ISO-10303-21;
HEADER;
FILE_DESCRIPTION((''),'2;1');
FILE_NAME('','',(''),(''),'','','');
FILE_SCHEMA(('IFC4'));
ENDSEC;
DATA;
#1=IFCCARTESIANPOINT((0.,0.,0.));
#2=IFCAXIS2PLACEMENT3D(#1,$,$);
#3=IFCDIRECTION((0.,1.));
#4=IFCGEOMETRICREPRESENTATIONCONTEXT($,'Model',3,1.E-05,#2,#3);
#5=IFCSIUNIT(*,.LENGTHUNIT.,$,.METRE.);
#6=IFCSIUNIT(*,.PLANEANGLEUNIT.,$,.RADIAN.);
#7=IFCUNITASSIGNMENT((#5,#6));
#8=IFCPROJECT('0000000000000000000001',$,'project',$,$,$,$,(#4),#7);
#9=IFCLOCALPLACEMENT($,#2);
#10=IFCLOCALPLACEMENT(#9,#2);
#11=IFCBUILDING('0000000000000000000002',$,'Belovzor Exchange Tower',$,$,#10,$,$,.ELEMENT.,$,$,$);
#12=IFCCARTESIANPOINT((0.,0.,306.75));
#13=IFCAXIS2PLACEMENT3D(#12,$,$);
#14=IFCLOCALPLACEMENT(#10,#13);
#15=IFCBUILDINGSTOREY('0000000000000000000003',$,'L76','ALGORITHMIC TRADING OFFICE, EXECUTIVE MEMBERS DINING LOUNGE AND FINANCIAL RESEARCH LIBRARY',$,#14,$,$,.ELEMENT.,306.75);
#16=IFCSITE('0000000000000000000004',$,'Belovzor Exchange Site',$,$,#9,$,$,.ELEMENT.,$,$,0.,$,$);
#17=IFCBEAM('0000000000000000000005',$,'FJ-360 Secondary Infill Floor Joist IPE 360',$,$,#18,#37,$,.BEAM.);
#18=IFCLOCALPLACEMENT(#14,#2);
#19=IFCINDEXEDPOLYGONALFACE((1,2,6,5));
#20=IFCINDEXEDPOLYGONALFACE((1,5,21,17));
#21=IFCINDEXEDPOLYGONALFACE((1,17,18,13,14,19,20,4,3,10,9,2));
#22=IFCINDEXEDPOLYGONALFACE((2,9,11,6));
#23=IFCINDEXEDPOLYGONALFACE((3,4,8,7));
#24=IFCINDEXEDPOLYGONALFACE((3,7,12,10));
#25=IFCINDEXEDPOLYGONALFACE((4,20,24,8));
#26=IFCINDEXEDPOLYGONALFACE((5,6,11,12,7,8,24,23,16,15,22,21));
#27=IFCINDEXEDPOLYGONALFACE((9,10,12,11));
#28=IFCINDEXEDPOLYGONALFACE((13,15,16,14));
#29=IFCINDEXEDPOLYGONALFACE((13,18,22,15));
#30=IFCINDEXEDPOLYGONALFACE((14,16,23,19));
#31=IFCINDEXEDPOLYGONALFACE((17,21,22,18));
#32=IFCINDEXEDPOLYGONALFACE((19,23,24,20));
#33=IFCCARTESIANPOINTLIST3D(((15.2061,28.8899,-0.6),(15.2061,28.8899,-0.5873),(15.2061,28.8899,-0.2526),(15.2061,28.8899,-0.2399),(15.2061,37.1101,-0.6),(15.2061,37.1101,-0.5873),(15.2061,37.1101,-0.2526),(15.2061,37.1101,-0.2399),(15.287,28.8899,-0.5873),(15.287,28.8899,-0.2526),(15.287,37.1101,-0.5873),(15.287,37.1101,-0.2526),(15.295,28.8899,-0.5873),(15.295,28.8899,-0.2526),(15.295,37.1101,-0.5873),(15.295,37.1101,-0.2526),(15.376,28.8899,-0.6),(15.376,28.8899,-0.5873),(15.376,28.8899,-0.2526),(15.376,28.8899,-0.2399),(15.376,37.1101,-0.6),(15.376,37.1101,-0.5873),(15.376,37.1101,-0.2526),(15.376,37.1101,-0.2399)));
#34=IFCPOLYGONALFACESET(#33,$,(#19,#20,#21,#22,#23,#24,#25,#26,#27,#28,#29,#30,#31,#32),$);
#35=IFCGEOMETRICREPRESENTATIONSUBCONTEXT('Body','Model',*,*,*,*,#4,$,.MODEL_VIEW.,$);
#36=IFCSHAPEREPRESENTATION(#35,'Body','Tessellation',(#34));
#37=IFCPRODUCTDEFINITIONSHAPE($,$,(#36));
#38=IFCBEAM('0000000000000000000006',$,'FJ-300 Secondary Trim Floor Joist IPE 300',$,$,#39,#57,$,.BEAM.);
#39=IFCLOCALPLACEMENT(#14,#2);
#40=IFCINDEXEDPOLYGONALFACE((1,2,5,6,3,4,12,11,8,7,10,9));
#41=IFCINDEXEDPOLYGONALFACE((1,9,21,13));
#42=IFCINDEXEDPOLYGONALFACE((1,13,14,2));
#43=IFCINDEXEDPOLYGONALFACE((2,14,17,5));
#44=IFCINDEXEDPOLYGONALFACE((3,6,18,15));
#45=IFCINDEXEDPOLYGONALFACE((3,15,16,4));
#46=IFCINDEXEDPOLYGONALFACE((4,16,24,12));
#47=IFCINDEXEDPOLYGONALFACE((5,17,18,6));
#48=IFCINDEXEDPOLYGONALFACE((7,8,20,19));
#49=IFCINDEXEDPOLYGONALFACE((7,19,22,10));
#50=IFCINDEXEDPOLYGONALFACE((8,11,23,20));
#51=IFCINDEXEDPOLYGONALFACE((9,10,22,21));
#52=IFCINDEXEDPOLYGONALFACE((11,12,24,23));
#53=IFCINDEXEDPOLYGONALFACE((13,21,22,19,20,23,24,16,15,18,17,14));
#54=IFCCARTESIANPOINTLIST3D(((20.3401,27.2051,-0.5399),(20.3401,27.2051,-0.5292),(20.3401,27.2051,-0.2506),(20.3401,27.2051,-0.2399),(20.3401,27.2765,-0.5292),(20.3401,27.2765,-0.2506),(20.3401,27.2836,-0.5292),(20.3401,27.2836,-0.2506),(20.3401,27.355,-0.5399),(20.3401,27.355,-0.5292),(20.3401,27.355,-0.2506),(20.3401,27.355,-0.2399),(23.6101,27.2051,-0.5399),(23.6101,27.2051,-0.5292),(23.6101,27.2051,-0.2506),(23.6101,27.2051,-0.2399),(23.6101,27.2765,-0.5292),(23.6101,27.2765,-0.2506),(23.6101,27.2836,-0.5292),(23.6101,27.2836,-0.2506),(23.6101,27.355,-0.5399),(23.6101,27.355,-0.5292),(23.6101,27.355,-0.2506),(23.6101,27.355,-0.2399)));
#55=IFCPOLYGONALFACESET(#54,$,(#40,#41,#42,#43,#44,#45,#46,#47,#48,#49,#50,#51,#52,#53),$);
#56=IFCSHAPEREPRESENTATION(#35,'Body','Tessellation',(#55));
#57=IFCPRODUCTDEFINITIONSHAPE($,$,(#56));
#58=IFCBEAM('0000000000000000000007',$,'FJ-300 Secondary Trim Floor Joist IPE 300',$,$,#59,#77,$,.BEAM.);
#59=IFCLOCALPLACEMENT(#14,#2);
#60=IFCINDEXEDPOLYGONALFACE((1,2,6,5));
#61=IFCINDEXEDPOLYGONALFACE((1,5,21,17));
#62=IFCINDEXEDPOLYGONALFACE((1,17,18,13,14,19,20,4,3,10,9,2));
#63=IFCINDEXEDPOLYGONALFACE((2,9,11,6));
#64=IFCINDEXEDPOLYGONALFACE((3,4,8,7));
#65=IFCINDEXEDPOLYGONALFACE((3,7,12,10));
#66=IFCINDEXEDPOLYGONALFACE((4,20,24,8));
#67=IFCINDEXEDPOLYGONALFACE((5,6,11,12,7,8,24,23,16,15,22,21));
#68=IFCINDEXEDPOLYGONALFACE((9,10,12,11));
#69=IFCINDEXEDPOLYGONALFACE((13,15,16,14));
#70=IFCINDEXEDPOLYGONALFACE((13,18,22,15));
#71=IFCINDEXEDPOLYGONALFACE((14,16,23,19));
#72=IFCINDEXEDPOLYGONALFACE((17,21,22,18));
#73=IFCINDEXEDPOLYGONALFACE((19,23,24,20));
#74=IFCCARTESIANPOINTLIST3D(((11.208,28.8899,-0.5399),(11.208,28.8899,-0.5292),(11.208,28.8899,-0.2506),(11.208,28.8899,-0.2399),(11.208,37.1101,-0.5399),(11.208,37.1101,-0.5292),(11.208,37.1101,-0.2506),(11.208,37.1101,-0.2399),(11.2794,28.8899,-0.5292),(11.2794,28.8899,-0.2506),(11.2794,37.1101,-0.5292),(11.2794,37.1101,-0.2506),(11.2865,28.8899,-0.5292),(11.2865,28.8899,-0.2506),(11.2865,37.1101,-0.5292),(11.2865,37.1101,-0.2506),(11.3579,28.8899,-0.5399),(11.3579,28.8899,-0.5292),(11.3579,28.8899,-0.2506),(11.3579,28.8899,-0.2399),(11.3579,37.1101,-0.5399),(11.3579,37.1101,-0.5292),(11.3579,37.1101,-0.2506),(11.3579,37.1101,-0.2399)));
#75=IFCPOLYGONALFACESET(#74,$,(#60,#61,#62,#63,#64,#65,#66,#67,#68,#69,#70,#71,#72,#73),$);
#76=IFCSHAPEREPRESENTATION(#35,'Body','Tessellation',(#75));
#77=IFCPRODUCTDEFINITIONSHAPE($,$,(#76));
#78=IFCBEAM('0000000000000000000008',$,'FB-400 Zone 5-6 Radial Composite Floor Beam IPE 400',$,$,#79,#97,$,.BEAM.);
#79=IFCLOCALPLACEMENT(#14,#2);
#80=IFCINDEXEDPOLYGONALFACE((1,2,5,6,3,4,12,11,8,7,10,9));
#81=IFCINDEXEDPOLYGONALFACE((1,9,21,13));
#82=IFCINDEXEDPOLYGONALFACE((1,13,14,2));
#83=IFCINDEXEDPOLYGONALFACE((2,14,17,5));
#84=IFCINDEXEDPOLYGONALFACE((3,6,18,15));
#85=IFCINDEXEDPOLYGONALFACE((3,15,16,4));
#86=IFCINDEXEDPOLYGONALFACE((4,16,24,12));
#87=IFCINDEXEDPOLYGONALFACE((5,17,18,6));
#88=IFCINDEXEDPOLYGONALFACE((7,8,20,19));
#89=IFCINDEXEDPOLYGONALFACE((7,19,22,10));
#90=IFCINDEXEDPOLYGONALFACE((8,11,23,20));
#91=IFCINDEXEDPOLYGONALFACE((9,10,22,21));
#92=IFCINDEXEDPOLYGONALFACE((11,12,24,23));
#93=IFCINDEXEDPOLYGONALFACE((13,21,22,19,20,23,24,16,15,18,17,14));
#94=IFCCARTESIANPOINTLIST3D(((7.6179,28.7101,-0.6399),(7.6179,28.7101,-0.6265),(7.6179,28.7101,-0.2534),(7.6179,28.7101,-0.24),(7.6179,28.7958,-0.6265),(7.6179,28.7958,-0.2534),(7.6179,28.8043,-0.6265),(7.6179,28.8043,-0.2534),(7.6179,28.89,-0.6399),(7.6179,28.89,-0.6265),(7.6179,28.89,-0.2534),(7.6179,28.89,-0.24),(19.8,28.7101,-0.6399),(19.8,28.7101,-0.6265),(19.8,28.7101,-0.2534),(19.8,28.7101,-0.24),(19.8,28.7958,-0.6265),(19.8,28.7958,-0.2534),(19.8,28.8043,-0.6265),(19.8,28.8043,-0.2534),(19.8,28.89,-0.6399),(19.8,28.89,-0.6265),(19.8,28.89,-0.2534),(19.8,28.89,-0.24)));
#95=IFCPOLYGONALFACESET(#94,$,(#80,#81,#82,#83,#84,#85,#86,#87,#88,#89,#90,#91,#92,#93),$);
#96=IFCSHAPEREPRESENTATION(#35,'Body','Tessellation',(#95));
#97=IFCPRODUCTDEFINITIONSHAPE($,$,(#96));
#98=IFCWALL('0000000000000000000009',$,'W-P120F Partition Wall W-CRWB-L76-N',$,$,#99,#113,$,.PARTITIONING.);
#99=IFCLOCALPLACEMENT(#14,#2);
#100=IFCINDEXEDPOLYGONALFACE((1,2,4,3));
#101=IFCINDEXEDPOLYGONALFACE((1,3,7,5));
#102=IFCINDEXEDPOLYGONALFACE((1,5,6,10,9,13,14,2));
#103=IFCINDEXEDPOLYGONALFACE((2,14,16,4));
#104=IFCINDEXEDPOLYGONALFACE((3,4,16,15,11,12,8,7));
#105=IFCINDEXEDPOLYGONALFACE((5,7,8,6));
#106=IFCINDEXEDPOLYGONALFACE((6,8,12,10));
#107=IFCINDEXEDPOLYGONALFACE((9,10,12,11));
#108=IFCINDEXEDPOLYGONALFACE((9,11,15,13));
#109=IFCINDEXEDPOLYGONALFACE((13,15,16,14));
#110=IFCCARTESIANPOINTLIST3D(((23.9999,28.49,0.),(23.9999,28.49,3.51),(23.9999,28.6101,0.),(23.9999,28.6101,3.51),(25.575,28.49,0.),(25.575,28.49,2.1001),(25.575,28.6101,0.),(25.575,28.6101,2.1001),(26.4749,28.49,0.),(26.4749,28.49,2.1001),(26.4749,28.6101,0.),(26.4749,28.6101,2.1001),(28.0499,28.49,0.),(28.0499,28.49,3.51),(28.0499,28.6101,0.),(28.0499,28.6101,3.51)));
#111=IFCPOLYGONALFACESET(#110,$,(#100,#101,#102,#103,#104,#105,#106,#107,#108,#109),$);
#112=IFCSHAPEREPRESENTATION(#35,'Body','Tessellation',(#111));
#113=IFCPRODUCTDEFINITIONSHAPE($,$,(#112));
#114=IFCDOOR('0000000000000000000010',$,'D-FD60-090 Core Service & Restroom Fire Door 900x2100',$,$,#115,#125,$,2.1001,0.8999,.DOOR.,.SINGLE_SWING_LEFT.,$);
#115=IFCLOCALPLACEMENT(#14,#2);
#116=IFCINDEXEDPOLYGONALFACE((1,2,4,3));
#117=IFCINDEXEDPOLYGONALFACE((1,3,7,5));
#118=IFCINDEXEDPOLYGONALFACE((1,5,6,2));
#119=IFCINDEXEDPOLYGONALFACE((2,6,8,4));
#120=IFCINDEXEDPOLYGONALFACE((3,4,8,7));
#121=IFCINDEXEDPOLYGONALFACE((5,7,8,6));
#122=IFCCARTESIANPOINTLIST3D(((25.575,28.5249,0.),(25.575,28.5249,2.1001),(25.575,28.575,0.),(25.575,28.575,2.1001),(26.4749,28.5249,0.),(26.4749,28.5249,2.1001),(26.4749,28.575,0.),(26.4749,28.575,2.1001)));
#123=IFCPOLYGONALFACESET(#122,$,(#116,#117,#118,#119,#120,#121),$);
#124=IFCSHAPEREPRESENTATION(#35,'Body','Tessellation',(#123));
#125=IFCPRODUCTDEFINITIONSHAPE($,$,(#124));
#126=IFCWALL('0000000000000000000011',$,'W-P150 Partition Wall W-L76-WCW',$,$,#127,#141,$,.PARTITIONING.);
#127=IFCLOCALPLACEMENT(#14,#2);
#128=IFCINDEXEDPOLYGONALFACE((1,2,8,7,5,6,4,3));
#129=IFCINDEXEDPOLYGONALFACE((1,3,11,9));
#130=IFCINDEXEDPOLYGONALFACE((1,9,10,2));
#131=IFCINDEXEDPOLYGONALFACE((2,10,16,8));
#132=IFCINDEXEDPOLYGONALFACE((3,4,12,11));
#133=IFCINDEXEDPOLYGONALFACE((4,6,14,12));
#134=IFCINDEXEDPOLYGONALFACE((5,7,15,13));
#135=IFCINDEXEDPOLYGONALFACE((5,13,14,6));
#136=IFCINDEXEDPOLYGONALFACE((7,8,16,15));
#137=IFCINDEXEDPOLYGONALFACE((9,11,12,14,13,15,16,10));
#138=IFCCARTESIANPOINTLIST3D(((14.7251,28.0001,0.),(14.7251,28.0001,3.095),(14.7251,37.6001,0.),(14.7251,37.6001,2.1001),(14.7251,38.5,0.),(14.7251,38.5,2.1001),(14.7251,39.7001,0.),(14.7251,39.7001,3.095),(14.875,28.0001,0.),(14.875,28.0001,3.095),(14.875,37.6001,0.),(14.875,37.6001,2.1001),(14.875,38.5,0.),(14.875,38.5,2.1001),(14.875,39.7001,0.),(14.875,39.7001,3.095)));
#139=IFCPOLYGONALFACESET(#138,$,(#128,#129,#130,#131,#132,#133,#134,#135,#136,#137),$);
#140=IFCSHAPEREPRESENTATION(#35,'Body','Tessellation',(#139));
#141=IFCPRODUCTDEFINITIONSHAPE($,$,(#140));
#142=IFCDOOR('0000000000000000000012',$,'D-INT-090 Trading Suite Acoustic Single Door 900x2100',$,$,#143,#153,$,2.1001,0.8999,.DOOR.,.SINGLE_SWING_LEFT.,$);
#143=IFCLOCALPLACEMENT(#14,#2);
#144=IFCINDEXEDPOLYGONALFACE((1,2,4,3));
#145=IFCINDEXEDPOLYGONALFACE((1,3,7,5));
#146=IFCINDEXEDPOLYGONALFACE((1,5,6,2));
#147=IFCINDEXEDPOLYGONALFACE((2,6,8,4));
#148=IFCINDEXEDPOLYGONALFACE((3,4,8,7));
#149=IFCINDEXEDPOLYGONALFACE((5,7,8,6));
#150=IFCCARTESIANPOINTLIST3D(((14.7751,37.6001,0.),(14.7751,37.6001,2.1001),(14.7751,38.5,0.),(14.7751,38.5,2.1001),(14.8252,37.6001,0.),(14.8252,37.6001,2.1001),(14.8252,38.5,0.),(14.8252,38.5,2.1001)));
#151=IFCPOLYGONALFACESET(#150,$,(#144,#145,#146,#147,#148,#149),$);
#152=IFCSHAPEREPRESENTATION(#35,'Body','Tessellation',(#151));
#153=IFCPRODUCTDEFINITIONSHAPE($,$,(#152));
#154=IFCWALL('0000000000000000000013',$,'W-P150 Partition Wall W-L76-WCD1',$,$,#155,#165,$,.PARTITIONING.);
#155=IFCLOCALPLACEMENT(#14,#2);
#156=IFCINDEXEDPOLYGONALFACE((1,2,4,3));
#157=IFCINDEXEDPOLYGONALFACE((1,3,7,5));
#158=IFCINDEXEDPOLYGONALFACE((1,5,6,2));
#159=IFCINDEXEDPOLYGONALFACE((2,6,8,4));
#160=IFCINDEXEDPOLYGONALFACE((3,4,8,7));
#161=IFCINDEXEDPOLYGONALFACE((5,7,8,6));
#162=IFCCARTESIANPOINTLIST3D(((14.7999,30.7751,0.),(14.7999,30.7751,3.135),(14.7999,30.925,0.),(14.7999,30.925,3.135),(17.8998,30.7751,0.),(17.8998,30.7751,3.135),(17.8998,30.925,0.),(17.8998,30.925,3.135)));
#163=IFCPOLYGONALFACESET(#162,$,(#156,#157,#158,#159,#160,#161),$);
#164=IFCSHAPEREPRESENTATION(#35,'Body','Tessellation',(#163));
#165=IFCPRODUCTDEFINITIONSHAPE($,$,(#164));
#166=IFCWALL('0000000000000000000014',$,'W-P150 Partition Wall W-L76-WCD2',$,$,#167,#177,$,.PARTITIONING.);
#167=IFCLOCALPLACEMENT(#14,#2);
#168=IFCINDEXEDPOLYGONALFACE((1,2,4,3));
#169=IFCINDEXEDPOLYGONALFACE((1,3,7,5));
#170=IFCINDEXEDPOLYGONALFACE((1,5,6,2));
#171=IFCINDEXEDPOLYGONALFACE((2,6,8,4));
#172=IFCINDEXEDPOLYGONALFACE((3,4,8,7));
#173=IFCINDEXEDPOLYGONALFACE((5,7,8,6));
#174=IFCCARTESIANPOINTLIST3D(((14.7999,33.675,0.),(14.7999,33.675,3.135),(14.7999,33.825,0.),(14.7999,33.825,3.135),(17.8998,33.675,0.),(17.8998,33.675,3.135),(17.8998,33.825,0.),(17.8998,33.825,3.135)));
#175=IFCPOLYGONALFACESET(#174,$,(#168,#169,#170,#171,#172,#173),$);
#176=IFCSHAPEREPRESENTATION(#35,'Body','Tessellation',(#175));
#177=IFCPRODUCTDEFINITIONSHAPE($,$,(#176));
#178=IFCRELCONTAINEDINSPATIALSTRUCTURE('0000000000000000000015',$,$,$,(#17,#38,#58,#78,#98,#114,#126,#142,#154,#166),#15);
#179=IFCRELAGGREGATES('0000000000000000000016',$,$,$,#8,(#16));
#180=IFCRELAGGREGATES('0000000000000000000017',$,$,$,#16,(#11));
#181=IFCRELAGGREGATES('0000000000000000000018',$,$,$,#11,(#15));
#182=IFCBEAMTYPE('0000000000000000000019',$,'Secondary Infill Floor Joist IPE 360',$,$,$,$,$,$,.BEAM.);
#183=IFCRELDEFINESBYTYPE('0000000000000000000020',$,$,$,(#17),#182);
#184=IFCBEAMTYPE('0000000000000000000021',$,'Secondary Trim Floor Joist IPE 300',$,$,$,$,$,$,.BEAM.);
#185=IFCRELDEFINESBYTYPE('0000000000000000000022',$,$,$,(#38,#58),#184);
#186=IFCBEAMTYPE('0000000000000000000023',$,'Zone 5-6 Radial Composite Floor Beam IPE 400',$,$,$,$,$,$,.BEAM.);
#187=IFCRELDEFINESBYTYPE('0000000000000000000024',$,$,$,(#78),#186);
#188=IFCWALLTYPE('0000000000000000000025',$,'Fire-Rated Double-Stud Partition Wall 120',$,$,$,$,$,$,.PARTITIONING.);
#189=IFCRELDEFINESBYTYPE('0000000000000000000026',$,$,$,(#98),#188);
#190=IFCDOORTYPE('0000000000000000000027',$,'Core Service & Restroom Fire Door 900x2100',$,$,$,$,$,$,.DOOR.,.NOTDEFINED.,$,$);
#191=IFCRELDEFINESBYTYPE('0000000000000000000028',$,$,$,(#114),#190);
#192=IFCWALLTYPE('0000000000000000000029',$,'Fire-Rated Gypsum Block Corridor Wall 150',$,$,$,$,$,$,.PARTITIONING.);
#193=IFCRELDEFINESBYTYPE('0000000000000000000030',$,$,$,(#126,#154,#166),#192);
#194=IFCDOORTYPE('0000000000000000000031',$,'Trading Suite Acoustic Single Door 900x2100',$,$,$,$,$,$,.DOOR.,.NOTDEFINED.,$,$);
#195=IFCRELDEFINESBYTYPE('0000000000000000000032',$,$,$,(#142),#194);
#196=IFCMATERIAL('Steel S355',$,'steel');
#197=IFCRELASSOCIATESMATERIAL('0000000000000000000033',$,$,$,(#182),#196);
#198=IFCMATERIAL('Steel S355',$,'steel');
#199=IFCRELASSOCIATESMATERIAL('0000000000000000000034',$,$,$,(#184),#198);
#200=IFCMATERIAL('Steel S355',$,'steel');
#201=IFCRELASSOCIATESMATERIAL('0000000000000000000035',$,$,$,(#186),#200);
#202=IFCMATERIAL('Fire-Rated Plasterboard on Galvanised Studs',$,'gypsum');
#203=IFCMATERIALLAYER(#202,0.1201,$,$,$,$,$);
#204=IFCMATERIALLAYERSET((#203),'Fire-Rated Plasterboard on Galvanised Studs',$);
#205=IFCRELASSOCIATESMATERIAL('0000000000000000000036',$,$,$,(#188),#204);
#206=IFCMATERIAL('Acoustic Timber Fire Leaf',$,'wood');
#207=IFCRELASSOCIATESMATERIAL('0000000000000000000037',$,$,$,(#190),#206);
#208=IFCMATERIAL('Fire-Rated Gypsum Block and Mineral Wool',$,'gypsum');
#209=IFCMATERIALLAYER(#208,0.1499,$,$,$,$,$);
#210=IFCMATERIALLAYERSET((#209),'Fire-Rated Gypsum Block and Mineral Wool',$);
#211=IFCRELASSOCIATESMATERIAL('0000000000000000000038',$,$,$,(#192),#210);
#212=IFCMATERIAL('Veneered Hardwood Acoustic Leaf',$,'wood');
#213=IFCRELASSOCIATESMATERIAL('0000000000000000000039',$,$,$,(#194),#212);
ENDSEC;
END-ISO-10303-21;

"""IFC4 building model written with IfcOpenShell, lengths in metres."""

from ifc_helpers import new_model, si_unit, direction, frame, frame_2d, origin, origin_2d, place, context, subcontext, project, spatial, rectangle, i_section, extrude, material, layer, layer_set, material_profile, profile_set, type_object, element, fill, save


model = new_model("IFC4")

# Units and contexts
model_context = context("Model", 3, precision=1e-05, world=origin(), true_north=direction((0.0, 1.0)))
body_context = subcontext(model_context, "Body", "Model", "MODEL_VIEW")
ifc_project = project(units=[si_unit("LENGTHUNIT", "METRE"), si_unit("PLANEANGLEUNIT", "RADIAN")], contexts=[model_context])

# Site, building, storey
site_placement = place(None, origin())
site = spatial("IfcSite", under=ifc_project, at=site_placement, Name="Belovzor Exchange Site", CompositionType="ELEMENT", RefElevation=0.0)
building_placement = place(site_placement, origin())
building = spatial("IfcBuilding", under=site, at=building_placement, Name="Belovzor Exchange Tower", CompositionType="ELEMENT")
storey_placement = place(building_placement, frame((0.0, 0.0, 306.75)))
storey = spatial("IfcBuildingStorey", under=building, at=storey_placement, Name="L76", Description="ALGORITHMIC TRADING OFFICE, EXECUTIVE MEMBERS DINING LOUNGE AND FINANCIAL RESEARCH LIBRARY", CompositionType="ELEMENT", Elevation=306.75)

# Beams
ifc_material_1 = material(Name="Steel S355", Category="steel")
ifc_material_profile_1 = material_profile(ifc_material_1, i_section(OverallWidth=0.1699, OverallDepth=0.3601, WebThickness=0.0081, FlangeThickness=0.0127, at=origin_2d()))
ifc_profile_set_1 = profile_set([ifc_material_profile_1], Name="Steel S355")
beam_type_1 = type_object("IfcBeamType", Name="Secondary Infill Floor Joist IPE 360", PredefinedType="BEAM", material=ifc_profile_set_1)
beam_1_placement = place(storey_placement, frame((15.291, 28.8899, -0.4199), z_axis=(0.0, 1.0, 0.0), x_axis=(-1.0, 0.0, 0.0)))
element("IfcBeam", 1, at=beam_1_placement, inside=storey, type_object=beam_type_1, Name="FJ-360 Secondary Infill Floor Joist IPE 360", PredefinedType="BEAM", context=body_context, shape_type="SweptSolid", body=[
    extrude(i_section(OverallWidth=0.1699, OverallDepth=0.3601, WebThickness=0.0081, FlangeThickness=0.0127, at=origin_2d()), origin(), (0.0, 0.0, 1.0), 8.2202),
])
ifc_material_2 = material(Name="Steel S355", Category="steel")
ifc_material_profile_2 = material_profile(ifc_material_2, i_section(OverallWidth=0.1499, OverallDepth=0.3, WebThickness=0.0071, FlangeThickness=0.0107, at=origin_2d()))
ifc_profile_set_2 = profile_set([ifc_material_profile_2], Name="Steel S355")
beam_type_2 = type_object("IfcBeamType", Name="Secondary Trim Floor Joist IPE 300", PredefinedType="BEAM", material=ifc_profile_set_2)
beam_2_placement = place(storey_placement, frame((20.3401, 27.28, -0.3899), z_axis=(1.0, 0.0, 0.0), x_axis=(0.0, 1.0, 0.0)))
element("IfcBeam", 2, at=beam_2_placement, inside=storey, type_object=beam_type_2, Name="FJ-300 Secondary Trim Floor Joist IPE 300", PredefinedType="BEAM", context=body_context, shape_type="SweptSolid", body=[
    extrude(i_section(OverallWidth=0.1499, OverallDepth=0.3, WebThickness=0.0071, FlangeThickness=0.0107, at=origin_2d()), origin(), (0.0, 0.0, 1.0), 3.27),
])
beam_3_placement = place(storey_placement, frame((11.283, 28.8899, -0.3899), z_axis=(0.0, 1.0, 0.0), x_axis=(-1.0, 0.0, 0.0)))
element("IfcBeam", 3, at=beam_3_placement, inside=storey, type_object=beam_type_2, Name="FJ-300 Secondary Trim Floor Joist IPE 300", PredefinedType="BEAM", context=body_context, shape_type="SweptSolid", body=[
    extrude(i_section(OverallWidth=0.1499, OverallDepth=0.3, WebThickness=0.0071, FlangeThickness=0.0107, at=origin_2d()), origin(), (0.0, 0.0, 1.0), 8.2202),
])
ifc_material_3 = material(Name="Steel S355", Category="steel")
ifc_material_profile_3 = material_profile(ifc_material_3, i_section(OverallWidth=0.1799, OverallDepth=0.3999, WebThickness=0.0085, FlangeThickness=0.0134, at=origin_2d()))
ifc_profile_set_3 = profile_set([ifc_material_profile_3], Name="Steel S355")
beam_type_3 = type_object("IfcBeamType", Name="Zone 5-6 Radial Composite Floor Beam IPE 400", PredefinedType="BEAM", material=ifc_profile_set_3)
beam_4_placement = place(storey_placement, frame((19.8, 28.8, -0.4399), z_axis=(-1.0, 0.0, 0.0), x_axis=(0.0, -1.0, 0.0)))
element("IfcBeam", 4, at=beam_4_placement, inside=storey, type_object=beam_type_3, Name="FB-400 Zone 5-6 Radial Composite Floor Beam IPE 400", PredefinedType="BEAM", context=body_context, shape_type="SweptSolid", body=[
    extrude(i_section(OverallWidth=0.1799, OverallDepth=0.3999, WebThickness=0.0085, FlangeThickness=0.0134, at=origin_2d()), origin(), (0.0, 0.0, 1.0), 12.1821),
])

# Walls, openings, doors
ifc_material_4 = material(Name="Fire-Rated Plasterboard on Galvanised Studs", Category="gypsum")
ifc_layer_1 = layer(ifc_material_4, 0.1201)
ifc_layer_set_1 = layer_set([ifc_layer_1], Name="Fire-Rated Plasterboard on Galvanised Studs")
wall_type_1 = type_object("IfcWallType", Name="Fire-Rated Double-Stud Partition Wall 120", PredefinedType="PARTITIONING", material=ifc_layer_set_1)
wall_1_placement = place(storey_placement, frame((24.0, 28.55, 0.0), z_axis=(0.0, 0.0, 1.0), x_axis=(1.0, 0.0, 0.0)))
wall_1 = element("IfcWall", 5, at=wall_1_placement, inside=storey, type_object=wall_type_1, Name="W-P120F Partition Wall W-CRWB-L76-N", PredefinedType="PARTITIONING", context=body_context, shape_type="SweptSolid", body=[
    extrude(rectangle(XDim=4.05, YDim=0.1201, at=frame_2d((2.0249, 0.0))), origin(), (0.0, 0.0, 1.0), 3.51),
])
opening_1_placement = place(wall_1_placement, frame((1.575, 0.0, 0.0)))
opening_1 = element("IfcOpeningElement", 6, at=opening_1_placement, cuts=wall_1, PredefinedType="OPENING", context=body_context, shape_type="SweptSolid", body=[
    extrude(rectangle(XDim=0.8999, YDim=2.1001, at=frame_2d((0.45, 1.05))), frame((0.0, 0.0701, 0.0), z_axis=(0.0, -1.0, 0.0), x_axis=(1.0, 0.0, 0.0)), (0.0, 0.0, 1.0), 0.1401),
])
ifc_material_5 = material(Name="Acoustic Timber Fire Leaf", Category="wood")
door_type_1 = type_object("IfcDoorType", Name="Core Service & Restroom Fire Door 900x2100", OperationType="NOTDEFINED", PredefinedType="DOOR", material=ifc_material_5)
door_1_placement = place(opening_1_placement, origin())
door_1 = element("IfcDoor", 7, at=door_1_placement, inside=storey, type_object=door_type_1, Name="D-FD60-090 Core Service & Restroom Fire Door 900x2100", OperationType="SINGLE_SWING_LEFT", OverallHeight=2.1001, OverallWidth=0.8999, PredefinedType="DOOR", context=body_context, shape_type="SweptSolid", body=[
    extrude(rectangle(XDim=0.8999, YDim=2.1001, at=frame_2d((0.45, 1.05))), frame((0.0, 0.0249, 0.0), z_axis=(0.0, -1.0, 0.0), x_axis=(1.0, 0.0, 0.0)), (0.0, 0.0, 1.0), 0.05),
])
fill(opening_1, door_1)
ifc_material_6 = material(Name="Fire-Rated Gypsum Block and Mineral Wool", Category="gypsum")
ifc_layer_2 = layer(ifc_material_6, 0.1499)
ifc_layer_set_2 = layer_set([ifc_layer_2], Name="Fire-Rated Gypsum Block and Mineral Wool")
wall_type_2 = type_object("IfcWallType", Name="Fire-Rated Gypsum Block Corridor Wall 150", PredefinedType="PARTITIONING", material=ifc_layer_set_2)
wall_2_placement = place(storey_placement, frame((14.8, 28.0, 0.0), z_axis=(0.0, 0.0, 1.0), x_axis=(0.0, 1.0, 0.0)))
wall_2 = element("IfcWall", 8, at=wall_2_placement, inside=storey, type_object=wall_type_2, Name="W-P150 Partition Wall W-L76-WCW", PredefinedType="PARTITIONING", context=body_context, shape_type="SweptSolid", body=[
    extrude(rectangle(XDim=11.7, YDim=0.1499, at=frame_2d((5.8501, 0.0))), origin(), (0.0, 0.0, 1.0), 3.095),
])
opening_2_placement = place(wall_2_placement, frame((9.6001, 0.0, 0.0)))
opening_2 = element("IfcOpeningElement", 9, at=opening_2_placement, cuts=wall_2, PredefinedType="OPENING", context=body_context, shape_type="SweptSolid", body=[
    extrude(rectangle(XDim=0.8999, YDim=2.1001, at=frame_2d((0.45, 1.05))), frame((0.0, 0.085, 0.0), z_axis=(0.0, -1.0, 0.0), x_axis=(1.0, 0.0, 0.0)), (0.0, 0.0, 1.0), 0.1699),
])
ifc_material_7 = material(Name="Veneered Hardwood Acoustic Leaf", Category="wood")
door_type_2 = type_object("IfcDoorType", Name="Trading Suite Acoustic Single Door 900x2100", OperationType="NOTDEFINED", PredefinedType="DOOR", material=ifc_material_7)
door_2_placement = place(opening_2_placement, origin())
door_2 = element("IfcDoor", 10, at=door_2_placement, inside=storey, type_object=door_type_2, Name="D-INT-090 Trading Suite Acoustic Single Door 900x2100", OperationType="SINGLE_SWING_LEFT", OverallHeight=2.1001, OverallWidth=0.8999, PredefinedType="DOOR", context=body_context, shape_type="SweptSolid", body=[
    extrude(rectangle(XDim=0.8999, YDim=2.1001, at=frame_2d((0.45, 1.05))), frame((0.0, 0.0249, 0.0), z_axis=(0.0, -1.0, 0.0), x_axis=(1.0, 0.0, 0.0)), (0.0, 0.0, 1.0), 0.05),
])
fill(opening_2, door_2)

# Walls
for number, where, z_axis, x_axis, name in (
    (11, (14.8, 30.8501, 0.0), (0.0, 0.0, 1.0), (1.0, 0.0, 0.0), "W-P150 Partition Wall W-L76-WCD1"),
    (12, (14.8, 33.75, 0.0), (0.0, 0.0, 1.0), (1.0, 0.0, 0.0), "W-P150 Partition Wall W-L76-WCD2"),
):
    element("IfcWall", number, at=place(storey_placement, frame(where, z_axis=z_axis, x_axis=x_axis)), inside=storey, type_object=wall_type_2, Name=name, PredefinedType="PARTITIONING", context=body_context, shape_type="SweptSolid", body=[
        extrude(rectangle(XDim=3.0999, YDim=0.1499, at=frame_2d((1.5498, 0.0))), origin(), (0.0, 0.0, 1.0), 3.135),
    ])

save(model, "model.ifc")
